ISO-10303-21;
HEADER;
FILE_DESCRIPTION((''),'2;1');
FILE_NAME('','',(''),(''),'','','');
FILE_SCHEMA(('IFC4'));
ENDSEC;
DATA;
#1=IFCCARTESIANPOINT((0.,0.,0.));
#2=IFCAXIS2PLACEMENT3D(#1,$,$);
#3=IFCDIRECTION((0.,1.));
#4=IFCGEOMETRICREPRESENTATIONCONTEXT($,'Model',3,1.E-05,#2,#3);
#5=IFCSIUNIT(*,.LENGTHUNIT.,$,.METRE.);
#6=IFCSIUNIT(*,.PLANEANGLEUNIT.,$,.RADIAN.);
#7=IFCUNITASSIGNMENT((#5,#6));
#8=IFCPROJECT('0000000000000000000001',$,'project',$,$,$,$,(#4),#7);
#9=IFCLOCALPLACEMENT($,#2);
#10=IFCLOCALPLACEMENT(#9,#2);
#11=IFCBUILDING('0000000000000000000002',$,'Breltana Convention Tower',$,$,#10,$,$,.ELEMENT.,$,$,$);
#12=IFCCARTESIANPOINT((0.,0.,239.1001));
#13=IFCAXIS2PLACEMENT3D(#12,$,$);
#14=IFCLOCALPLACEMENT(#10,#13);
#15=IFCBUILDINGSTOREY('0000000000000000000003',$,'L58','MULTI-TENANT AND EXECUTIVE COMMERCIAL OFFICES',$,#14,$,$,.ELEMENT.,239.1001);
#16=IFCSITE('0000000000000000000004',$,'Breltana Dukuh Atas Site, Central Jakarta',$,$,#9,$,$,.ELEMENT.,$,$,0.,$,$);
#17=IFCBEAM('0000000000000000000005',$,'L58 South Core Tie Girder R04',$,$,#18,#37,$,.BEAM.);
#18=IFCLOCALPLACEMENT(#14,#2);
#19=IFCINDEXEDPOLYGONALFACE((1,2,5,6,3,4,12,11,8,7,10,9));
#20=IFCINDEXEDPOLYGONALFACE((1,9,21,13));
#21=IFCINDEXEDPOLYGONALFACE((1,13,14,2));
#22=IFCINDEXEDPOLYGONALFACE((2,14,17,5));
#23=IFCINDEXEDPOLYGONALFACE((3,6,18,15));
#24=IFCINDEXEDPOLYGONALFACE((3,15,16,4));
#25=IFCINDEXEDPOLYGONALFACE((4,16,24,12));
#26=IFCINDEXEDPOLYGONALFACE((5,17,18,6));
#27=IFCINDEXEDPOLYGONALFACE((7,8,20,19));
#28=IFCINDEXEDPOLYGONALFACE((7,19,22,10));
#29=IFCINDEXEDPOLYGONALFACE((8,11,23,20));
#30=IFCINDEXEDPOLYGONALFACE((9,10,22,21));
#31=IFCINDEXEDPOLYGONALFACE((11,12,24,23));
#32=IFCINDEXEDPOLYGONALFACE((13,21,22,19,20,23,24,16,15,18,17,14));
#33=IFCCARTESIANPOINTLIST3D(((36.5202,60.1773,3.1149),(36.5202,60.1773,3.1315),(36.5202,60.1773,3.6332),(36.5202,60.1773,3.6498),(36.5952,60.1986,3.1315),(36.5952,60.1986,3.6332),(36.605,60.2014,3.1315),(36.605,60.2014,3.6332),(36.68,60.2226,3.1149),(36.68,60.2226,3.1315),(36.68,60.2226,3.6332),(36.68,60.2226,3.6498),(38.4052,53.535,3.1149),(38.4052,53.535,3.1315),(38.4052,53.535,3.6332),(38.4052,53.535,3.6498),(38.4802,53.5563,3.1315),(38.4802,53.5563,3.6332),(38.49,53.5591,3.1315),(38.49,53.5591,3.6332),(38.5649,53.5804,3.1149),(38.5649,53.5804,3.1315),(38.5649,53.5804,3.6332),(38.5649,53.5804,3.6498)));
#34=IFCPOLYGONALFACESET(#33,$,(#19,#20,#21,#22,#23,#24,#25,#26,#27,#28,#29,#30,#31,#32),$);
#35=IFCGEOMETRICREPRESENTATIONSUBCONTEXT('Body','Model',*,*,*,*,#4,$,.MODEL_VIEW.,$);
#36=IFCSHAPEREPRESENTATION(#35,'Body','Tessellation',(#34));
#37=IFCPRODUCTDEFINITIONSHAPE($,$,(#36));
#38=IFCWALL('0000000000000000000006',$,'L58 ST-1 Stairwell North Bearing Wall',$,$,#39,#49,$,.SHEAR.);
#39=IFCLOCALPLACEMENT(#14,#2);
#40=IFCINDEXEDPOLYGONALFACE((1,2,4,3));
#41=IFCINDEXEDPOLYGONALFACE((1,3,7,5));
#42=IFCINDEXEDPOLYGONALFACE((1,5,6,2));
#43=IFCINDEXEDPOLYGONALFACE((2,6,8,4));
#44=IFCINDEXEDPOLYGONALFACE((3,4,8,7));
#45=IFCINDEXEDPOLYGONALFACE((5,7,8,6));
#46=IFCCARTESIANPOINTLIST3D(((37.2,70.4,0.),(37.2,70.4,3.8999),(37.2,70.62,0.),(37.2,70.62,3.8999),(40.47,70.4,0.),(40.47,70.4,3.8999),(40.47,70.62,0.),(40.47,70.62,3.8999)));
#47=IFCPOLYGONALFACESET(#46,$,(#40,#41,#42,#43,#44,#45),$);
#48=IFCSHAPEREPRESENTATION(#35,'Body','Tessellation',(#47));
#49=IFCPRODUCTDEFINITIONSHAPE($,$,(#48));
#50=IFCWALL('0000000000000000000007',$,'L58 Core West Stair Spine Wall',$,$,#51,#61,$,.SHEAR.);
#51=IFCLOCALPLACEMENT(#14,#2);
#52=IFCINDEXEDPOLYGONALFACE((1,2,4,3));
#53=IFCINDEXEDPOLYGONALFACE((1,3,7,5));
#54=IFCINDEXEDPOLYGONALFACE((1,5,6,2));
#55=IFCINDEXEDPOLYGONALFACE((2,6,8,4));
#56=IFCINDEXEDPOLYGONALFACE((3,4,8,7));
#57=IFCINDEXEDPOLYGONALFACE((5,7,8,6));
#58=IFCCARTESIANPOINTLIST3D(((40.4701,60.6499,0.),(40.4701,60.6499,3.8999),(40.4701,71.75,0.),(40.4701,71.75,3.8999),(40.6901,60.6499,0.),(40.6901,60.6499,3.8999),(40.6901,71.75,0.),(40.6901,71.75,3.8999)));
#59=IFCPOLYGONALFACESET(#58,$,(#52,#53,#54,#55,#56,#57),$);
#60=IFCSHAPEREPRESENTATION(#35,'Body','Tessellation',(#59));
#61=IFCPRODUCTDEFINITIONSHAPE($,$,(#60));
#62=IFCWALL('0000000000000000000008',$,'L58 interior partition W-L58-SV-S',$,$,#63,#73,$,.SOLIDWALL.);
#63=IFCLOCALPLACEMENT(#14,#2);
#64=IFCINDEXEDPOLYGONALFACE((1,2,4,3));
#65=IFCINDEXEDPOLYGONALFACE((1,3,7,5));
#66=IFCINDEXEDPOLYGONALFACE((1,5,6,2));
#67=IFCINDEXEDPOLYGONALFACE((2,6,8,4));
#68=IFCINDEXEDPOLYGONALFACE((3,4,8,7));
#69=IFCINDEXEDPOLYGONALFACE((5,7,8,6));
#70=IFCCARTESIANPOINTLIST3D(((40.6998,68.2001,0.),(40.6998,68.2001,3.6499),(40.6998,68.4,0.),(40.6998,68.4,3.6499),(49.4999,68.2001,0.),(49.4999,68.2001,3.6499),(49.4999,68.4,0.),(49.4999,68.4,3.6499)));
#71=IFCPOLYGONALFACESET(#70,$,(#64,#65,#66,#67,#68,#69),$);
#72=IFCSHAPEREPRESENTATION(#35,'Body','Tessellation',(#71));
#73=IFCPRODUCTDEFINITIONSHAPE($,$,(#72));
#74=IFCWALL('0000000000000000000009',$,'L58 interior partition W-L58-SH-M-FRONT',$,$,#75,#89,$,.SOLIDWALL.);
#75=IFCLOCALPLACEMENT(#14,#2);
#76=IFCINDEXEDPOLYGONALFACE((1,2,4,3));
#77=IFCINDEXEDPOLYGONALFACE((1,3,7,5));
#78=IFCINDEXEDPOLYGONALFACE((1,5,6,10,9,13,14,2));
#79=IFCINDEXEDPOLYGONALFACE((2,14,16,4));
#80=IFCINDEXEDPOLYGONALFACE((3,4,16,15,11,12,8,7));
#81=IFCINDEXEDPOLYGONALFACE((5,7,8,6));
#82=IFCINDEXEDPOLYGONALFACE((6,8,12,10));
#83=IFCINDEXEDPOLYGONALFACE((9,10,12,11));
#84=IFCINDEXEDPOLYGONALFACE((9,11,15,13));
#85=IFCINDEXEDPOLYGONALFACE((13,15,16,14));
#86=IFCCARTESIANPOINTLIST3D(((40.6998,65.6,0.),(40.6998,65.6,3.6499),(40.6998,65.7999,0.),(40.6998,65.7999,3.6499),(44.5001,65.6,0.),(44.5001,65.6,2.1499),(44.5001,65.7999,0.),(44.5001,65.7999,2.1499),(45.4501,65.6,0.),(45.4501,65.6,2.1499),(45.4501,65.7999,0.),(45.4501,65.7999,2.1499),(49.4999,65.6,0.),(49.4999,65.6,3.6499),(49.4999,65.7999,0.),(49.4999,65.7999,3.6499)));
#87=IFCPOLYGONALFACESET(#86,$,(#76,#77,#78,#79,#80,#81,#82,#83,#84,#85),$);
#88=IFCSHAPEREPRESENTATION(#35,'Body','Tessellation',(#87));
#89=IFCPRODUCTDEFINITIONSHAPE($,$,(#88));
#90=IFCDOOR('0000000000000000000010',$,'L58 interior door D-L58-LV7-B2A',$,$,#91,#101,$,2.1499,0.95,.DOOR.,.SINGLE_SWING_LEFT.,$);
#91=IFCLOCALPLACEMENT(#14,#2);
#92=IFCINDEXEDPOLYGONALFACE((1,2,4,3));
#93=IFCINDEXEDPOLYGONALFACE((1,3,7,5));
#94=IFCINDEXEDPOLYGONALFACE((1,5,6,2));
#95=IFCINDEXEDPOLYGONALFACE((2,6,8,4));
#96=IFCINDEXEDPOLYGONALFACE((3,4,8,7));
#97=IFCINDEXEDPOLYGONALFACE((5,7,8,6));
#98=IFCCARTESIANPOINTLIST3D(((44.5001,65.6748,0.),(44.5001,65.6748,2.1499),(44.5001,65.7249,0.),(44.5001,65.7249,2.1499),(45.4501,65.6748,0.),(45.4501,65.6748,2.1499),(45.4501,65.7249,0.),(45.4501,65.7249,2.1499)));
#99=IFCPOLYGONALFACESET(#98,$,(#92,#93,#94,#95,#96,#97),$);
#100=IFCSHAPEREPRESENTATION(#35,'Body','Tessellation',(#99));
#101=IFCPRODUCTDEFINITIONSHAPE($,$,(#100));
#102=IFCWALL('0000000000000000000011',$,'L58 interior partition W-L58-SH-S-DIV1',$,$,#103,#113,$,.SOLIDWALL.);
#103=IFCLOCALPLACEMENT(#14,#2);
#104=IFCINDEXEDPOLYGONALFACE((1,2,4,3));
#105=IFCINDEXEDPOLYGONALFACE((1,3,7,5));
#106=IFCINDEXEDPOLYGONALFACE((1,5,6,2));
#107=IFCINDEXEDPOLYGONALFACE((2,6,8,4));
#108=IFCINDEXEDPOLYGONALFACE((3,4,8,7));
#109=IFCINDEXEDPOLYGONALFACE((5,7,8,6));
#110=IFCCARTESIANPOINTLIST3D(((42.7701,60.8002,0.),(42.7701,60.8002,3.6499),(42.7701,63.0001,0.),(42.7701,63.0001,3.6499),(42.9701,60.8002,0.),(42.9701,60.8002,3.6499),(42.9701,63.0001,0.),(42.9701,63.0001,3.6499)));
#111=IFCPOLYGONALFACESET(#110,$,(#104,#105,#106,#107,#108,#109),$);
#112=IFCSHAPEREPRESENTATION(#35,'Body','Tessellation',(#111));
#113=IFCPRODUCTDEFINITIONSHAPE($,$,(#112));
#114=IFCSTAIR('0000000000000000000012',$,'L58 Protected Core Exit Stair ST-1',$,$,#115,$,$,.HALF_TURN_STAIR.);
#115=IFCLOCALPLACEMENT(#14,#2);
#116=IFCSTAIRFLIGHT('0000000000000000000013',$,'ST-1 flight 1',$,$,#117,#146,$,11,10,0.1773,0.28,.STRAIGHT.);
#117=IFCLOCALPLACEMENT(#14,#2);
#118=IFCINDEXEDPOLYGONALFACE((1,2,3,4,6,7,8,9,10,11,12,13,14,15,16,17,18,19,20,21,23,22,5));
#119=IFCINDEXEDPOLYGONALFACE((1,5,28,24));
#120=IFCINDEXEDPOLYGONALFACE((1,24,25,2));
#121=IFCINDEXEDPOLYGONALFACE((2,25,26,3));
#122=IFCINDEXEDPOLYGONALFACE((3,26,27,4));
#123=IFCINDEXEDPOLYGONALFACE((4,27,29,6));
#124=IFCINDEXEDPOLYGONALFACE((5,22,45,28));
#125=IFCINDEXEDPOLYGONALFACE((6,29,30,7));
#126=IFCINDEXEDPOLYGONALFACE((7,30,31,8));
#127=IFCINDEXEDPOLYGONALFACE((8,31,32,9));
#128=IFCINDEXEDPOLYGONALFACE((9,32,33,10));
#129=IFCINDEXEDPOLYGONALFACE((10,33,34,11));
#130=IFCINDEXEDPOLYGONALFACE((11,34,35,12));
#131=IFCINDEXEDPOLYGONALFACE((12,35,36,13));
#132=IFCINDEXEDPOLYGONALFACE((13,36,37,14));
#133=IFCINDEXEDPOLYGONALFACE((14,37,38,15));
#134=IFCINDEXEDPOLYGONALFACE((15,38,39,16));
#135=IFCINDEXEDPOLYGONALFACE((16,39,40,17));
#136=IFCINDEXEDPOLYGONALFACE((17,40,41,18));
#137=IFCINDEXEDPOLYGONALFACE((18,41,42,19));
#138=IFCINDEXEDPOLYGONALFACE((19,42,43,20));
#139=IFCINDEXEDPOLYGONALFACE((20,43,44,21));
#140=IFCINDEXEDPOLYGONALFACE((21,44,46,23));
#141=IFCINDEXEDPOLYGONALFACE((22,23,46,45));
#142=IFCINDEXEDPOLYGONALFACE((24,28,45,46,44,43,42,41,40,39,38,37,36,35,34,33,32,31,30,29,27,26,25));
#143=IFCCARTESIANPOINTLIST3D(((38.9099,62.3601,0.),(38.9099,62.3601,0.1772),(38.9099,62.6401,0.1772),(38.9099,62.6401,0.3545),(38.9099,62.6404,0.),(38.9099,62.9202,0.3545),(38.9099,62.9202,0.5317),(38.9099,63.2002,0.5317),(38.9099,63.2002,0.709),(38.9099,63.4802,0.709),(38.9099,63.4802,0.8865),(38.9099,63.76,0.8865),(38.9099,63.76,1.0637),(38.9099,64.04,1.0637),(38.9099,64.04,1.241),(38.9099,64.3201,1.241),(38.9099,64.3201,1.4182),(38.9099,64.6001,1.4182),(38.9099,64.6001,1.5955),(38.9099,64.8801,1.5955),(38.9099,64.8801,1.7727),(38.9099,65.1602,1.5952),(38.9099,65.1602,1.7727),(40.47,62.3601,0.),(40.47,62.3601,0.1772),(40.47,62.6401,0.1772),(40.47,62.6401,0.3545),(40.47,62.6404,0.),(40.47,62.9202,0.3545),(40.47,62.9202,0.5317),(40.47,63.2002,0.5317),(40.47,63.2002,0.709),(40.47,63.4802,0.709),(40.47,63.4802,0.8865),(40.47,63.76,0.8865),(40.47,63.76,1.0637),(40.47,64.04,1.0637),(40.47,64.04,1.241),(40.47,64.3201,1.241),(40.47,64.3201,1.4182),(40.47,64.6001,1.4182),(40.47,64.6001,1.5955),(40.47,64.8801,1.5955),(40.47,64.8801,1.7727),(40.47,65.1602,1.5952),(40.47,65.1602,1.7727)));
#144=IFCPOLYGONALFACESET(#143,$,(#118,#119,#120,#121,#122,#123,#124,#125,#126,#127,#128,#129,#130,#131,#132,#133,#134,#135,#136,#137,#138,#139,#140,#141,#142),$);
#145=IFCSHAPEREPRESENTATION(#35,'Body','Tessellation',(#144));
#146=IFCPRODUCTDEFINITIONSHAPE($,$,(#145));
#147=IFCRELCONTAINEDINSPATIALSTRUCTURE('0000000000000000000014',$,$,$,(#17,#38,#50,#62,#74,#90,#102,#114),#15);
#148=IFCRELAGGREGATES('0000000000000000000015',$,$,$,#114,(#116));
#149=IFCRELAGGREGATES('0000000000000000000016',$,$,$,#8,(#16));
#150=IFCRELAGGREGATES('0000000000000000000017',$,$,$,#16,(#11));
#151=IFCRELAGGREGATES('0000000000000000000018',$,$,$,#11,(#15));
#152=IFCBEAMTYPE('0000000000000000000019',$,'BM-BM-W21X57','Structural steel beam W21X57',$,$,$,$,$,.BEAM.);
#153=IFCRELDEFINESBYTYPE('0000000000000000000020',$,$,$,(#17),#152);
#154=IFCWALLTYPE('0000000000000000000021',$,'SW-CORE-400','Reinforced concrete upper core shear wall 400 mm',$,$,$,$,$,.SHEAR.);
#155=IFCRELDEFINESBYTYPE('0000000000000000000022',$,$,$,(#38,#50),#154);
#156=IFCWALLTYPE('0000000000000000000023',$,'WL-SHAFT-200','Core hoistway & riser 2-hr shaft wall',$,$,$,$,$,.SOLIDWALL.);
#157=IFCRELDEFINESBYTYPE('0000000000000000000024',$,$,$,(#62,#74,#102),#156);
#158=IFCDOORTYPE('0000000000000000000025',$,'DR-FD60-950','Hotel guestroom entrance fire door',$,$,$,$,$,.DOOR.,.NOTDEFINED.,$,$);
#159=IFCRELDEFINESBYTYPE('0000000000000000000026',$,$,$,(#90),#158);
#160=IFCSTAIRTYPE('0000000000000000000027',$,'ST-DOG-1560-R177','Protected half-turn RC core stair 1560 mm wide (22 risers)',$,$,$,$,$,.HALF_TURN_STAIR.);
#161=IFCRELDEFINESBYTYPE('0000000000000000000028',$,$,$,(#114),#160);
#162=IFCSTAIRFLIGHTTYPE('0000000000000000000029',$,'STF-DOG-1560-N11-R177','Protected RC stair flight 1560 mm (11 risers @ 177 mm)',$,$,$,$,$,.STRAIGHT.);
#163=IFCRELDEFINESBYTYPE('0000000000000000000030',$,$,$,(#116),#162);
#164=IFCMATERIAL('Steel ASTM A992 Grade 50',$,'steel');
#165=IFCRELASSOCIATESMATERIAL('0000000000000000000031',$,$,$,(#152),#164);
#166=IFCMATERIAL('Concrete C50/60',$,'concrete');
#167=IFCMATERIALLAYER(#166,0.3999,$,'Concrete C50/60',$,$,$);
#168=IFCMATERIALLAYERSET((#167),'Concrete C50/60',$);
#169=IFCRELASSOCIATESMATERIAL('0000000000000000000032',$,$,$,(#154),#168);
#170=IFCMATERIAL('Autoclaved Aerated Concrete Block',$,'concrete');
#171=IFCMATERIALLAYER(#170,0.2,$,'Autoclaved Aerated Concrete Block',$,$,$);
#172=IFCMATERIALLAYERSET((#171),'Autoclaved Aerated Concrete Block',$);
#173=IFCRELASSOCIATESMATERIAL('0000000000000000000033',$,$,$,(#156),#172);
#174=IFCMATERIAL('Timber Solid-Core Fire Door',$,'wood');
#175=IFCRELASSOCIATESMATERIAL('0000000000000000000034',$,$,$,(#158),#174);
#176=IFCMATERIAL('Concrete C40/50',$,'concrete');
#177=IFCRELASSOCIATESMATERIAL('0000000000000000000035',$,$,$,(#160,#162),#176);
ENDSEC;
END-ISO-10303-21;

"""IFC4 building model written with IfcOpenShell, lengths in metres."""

from ifc_helpers import new_model, si_unit, direction, frame, frame_2d, origin, origin_2d, place, context, subcontext, project, spatial, polyline, rectangle, i_section, outline, extrude, source, transform, mapped, material, layer, layer_set, material_profile, profile_set, type_object, type_shapes, element, fill, aggregate, save


model = new_model("IFC4")

# Units and contexts
model_context = context("Model", 3, precision=1e-05, world=origin(), true_north=direction((0.0, 1.0)))
body_context = subcontext(model_context, "Body", "Model", "MODEL_VIEW")
ifc_project = project(units=[si_unit("LENGTHUNIT", "METRE"), si_unit("PLANEANGLEUNIT", "RADIAN")], contexts=[model_context])

# Site, building, storey
site_placement = place(None, origin())
site = spatial("IfcSite", under=ifc_project, at=site_placement, Name="Breltana Dukuh Atas Site, Central Jakarta", CompositionType="ELEMENT", RefElevation=0.0)
building_placement = place(site_placement, origin())
building = spatial("IfcBuilding", under=site, at=building_placement, Name="Breltana Convention Tower", CompositionType="ELEMENT")
storey_placement = place(building_placement, frame((0.0, 0.0, 239.1001)))
storey = spatial("IfcBuildingStorey", under=building, at=storey_placement, Name="L58", Description="MULTI-TENANT AND EXECUTIVE COMMERCIAL OFFICES", CompositionType="ELEMENT", Elevation=239.1001)

# Beam
ifc_material_1 = material(Name="Steel ASTM A992 Grade 50", Category="steel")
ifc_material_profile = material_profile(ifc_material_1, i_section(OverallWidth=0.166, OverallDepth=0.5349, WebThickness=0.0103, FlangeThickness=0.0166, at=origin_2d()), Name="W21X57")
ifc_profile_set = profile_set([ifc_material_profile], Name="Steel ASTM A992 Grade 50")
beam_type = type_object("IfcBeamType", Name="BM-BM-W21X57", Description="Structural steel beam W21X57", PredefinedType="BEAM", material=ifc_profile_set)
shared_shape_1 = source(origin(), body_context, "Body", "SweptSolid", [
    extrude(i_section(OverallWidth=0.166, OverallDepth=0.5349, WebThickness=0.0103, FlangeThickness=0.0166, at=origin_2d()), origin(), (0.0, 0.0, 1.0), 6.9045),
])
type_shapes(beam_type, [shared_shape_1])
beam_placement = place(storey_placement, frame((36.6001, 60.2, 3.3823), z_axis=(0.273007, -0.962012, 0.0), x_axis=(0.962012, 0.273007, 0.0)))
element("IfcBeam", 1, at=beam_placement, inside=storey, type_object=beam_type, Name="L58 South Core Tie Girder R04", PredefinedType="BEAM", context=body_context, shape_type="MappedRepresentation", body=[
    mapped(shared_shape_1, transform((0.0, 0.0, 0.0), scale=1.0)),
])

# Wall
ifc_material_2 = material(Name="Concrete C50/60", Category="concrete")
ifc_layer_1 = layer(ifc_material_2, 0.3999, Name="Concrete C50/60")
ifc_layer_set_1 = layer_set([ifc_layer_1], Name="Concrete C50/60")
wall_type_1 = type_object("IfcWallType", Name="SW-CORE-400", Description="Reinforced concrete upper core shear wall 400 mm", PredefinedType="SHEAR", material=ifc_layer_set_1)
shared_shape_2 = source(origin(), body_context, "Body", "SweptSolid", [
    extrude(rectangle(XDim=3.27, YDim=0.22, at=frame_2d((1.635, 0.0))), origin(), (0.0, 0.0, 1.0), 3.8999),
])
wall_1_placement = place(storey_placement, frame((37.2, 70.51, 0.0), z_axis=(0.0, 0.0, 1.0), x_axis=(1.0, 0.0, 0.0)))
element("IfcWall", 2, at=wall_1_placement, inside=storey, type_object=wall_type_1, Name="L58 ST-1 Stairwell North Bearing Wall", PredefinedType="SHEAR", context=body_context, shape_type="MappedRepresentation", body=[
    mapped(shared_shape_2, transform((0.0, 0.0, 0.0), scale=1.0)),
])

# Walls
shared_shape_3 = source(origin(), body_context, "Body", "SweptSolid", [
    extrude(rectangle(XDim=11.1001, YDim=0.22, at=frame_2d((5.55, 0.0))), origin(), (0.0, 0.0, 1.0), 3.8999),
])
wall_2_placement = place(storey_placement, frame((40.5801, 60.6499, 0.0), z_axis=(0.0, 0.0, 1.0), x_axis=(0.0, 1.0, 0.0)))
element("IfcWall", 3, at=wall_2_placement, inside=storey, type_object=wall_type_1, Name="L58 Core West Stair Spine Wall", PredefinedType="SHEAR", context=body_context, shape_type="MappedRepresentation", body=[
    mapped(shared_shape_3, transform((0.0, 0.0, 0.0), scale=1.0)),
])
ifc_material_3 = material(Name="Autoclaved Aerated Concrete Block", Category="concrete")
ifc_layer_2 = layer(ifc_material_3, 0.2, Name="Autoclaved Aerated Concrete Block")
ifc_layer_set_2 = layer_set([ifc_layer_2], Name="Autoclaved Aerated Concrete Block")
wall_type_2 = type_object("IfcWallType", Name="WL-SHAFT-200", Description="Core hoistway & riser 2-hr shaft wall", PredefinedType="SOLIDWALL", material=ifc_layer_set_2)
shared_shape_4 = source(origin(), body_context, "Body", "SweptSolid", [
    extrude(rectangle(XDim=8.8, YDim=0.2, at=frame_2d((4.3999, 0.0))), origin(), (0.0, 0.0, 1.0), 3.6499),
])
wall_3_placement = place(storey_placement, frame((40.7, 68.3, 0.0), z_axis=(0.0, 0.0, 1.0), x_axis=(1.0, 0.0, 0.0)))
element("IfcWall", 4, at=wall_3_placement, inside=storey, type_object=wall_type_2, Name="L58 interior partition W-L58-SV-S", PredefinedType="SOLIDWALL", context=body_context, shape_type="MappedRepresentation", body=[
    mapped(shared_shape_4, transform((0.0, 0.0, 0.0), scale=1.0)),
])

# Wall, opening, door
wall_4_placement = place(storey_placement, frame((40.7, 65.7, 0.0), z_axis=(0.0, 0.0, 1.0), x_axis=(1.0, 0.0, 0.0)))
wall_4 = element("IfcWall", 5, at=wall_4_placement, inside=storey, type_object=wall_type_2, Name="L58 interior partition W-L58-SH-M-FRONT", PredefinedType="SOLIDWALL", context=body_context, shape_type="MappedRepresentation", body=[
    mapped(shared_shape_4, transform((0.0, 0.0, 0.0), scale=1.0)),
])
opening_1_placement = place(wall_4_placement, frame((3.8, 0.0, 0.0)))
opening_1 = element("IfcOpeningElement", 6, at=opening_1_placement, cuts=wall_4, PredefinedType="OPENING", context=body_context, shape_type="SweptSolid", body=[
    extrude(rectangle(XDim=0.95, YDim=2.1499, at=frame_2d((0.4751, 1.075))), frame((0.0, 0.1099, 0.0), z_axis=(0.0, -1.0, 0.0), x_axis=(1.0, 0.0, 0.0)), (0.0, 0.0, 1.0), 0.22),
])
ifc_material_4 = material(Name="Timber Solid-Core Fire Door", Category="wood")
door_type_1 = type_object("IfcDoorType", Name="DR-FD60-950", Description="Hotel guestroom entrance fire door", OperationType="NOTDEFINED", PredefinedType="DOOR", material=ifc_material_4)
shared_shape_5 = source(origin(), body_context, "Body", "SweptSolid", [
    extrude(rectangle(XDim=0.95, YDim=2.1499, at=frame_2d((0.4751, 1.075))), frame((0.0, 0.0249, 0.0), z_axis=(0.0, -1.0, 0.0), x_axis=(1.0, 0.0, 0.0)), (0.0, 0.0, 1.0), 0.05),
])
type_shapes(door_type_1, [shared_shape_5])
door_1_placement = place(opening_1_placement, origin())
door_1 = element("IfcDoor", 7, at=door_1_placement, inside=storey, type_object=door_type_1, Name="L58 interior door D-L58-LV7-B2A", OperationType="SINGLE_SWING_LEFT", OverallHeight=2.1499, OverallWidth=0.95, PredefinedType="DOOR", context=body_context, shape_type="MappedRepresentation", body=[
    mapped(shared_shape_5, transform((0.0, 0.0, 0.0), scale=1.0)),
])
fill(opening_1, door_1)

# Wall
shared_shape_6 = source(origin(), body_context, "Body", "SweptSolid", [
    extrude(rectangle(XDim=2.2, YDim=0.2, at=frame_2d((1.1001, 0.0))), origin(), (0.0, 0.0, 1.0), 3.6499),
])
wall_5_placement = place(storey_placement, frame((42.8701, 60.8, 0.0), z_axis=(0.0, 0.0, 1.0), x_axis=(0.0, 1.0, 0.0)))
element("IfcWall", 8, at=wall_5_placement, inside=storey, type_object=wall_type_2, Name="L58 interior partition W-L58-SH-S-DIV1", PredefinedType="SOLIDWALL", context=body_context, shape_type="MappedRepresentation", body=[
    mapped(shared_shape_6, transform((0.0, 0.0, 0.0), scale=1.0)),
])

# Stair, stair flight
ifc_material_5 = material(Name="Concrete C40/50", Category="concrete")
stair_type = type_object("IfcStairType", Name="ST-DOG-1560-R177", Description="Protected half-turn RC core stair 1560 mm wide (22 risers)", PredefinedType="HALF_TURN_STAIR", material=ifc_material_5)
stair_placement = place(storey_placement, origin())
stair = element("IfcStair", 9, at=stair_placement, inside=storey, type_object=stair_type, Name="L58 Protected Core Exit Stair ST-1", PredefinedType="HALF_TURN_STAIR")
stair_flight_type = type_object("IfcStairFlightType", Name="STF-DOG-1560-N11-R177", Description="Protected RC stair flight 1560 mm (11 risers @ 177 mm)", PredefinedType="STRAIGHT", material=ifc_material_5)
stair_flight_1_placement = place(storey_placement, frame((39.6899, 62.3601, 0.0), z_axis=(0.0, 0.0, 1.0), x_axis=(0.0, 1.0, 0.0)))
stair_flight_1 = element("IfcStairFlight", 10, at=stair_flight_1_placement, type_object=stair_flight_type, Name="ST-1 flight 1", NumberOfRisers=11, NumberOfTreads=10, PredefinedType="STRAIGHT", RiserHeight=0.1773, TreadLength=0.28, context=body_context, shape_type="SweptSolid", body=[
    extrude(outline(polyline([(0.0, 0.0), (0.0, 0.1772), (0.28, 0.1772), (0.28, 0.3545), (0.5601, 0.3545), (0.5601, 0.5317), (0.8401, 0.5317), (0.8401, 0.709), (1.1201, 0.709), (1.1201, 0.8865), (1.3999, 0.8865), (1.3999, 1.0637), (1.6799, 1.0637), (1.6799, 1.241), (1.96, 1.241), (1.96, 1.4182), (2.24, 1.4182), (2.24, 1.5955), (2.52, 1.5955), (2.52, 1.7727), (2.8, 1.7727), (2.8, 1.95), (2.8, 1.5952), (0.2803, 0.0), (0.0, 0.0)])), frame((0.0, 0.78, 0.0), z_axis=(0.0, -1.0, 0.0), x_axis=(1.0, 0.0, 0.0)), (0.0, 0.0, 1.0), 1.5601),
])
aggregate(stair, [stair_flight_1])

save(model, "model.ifc")
